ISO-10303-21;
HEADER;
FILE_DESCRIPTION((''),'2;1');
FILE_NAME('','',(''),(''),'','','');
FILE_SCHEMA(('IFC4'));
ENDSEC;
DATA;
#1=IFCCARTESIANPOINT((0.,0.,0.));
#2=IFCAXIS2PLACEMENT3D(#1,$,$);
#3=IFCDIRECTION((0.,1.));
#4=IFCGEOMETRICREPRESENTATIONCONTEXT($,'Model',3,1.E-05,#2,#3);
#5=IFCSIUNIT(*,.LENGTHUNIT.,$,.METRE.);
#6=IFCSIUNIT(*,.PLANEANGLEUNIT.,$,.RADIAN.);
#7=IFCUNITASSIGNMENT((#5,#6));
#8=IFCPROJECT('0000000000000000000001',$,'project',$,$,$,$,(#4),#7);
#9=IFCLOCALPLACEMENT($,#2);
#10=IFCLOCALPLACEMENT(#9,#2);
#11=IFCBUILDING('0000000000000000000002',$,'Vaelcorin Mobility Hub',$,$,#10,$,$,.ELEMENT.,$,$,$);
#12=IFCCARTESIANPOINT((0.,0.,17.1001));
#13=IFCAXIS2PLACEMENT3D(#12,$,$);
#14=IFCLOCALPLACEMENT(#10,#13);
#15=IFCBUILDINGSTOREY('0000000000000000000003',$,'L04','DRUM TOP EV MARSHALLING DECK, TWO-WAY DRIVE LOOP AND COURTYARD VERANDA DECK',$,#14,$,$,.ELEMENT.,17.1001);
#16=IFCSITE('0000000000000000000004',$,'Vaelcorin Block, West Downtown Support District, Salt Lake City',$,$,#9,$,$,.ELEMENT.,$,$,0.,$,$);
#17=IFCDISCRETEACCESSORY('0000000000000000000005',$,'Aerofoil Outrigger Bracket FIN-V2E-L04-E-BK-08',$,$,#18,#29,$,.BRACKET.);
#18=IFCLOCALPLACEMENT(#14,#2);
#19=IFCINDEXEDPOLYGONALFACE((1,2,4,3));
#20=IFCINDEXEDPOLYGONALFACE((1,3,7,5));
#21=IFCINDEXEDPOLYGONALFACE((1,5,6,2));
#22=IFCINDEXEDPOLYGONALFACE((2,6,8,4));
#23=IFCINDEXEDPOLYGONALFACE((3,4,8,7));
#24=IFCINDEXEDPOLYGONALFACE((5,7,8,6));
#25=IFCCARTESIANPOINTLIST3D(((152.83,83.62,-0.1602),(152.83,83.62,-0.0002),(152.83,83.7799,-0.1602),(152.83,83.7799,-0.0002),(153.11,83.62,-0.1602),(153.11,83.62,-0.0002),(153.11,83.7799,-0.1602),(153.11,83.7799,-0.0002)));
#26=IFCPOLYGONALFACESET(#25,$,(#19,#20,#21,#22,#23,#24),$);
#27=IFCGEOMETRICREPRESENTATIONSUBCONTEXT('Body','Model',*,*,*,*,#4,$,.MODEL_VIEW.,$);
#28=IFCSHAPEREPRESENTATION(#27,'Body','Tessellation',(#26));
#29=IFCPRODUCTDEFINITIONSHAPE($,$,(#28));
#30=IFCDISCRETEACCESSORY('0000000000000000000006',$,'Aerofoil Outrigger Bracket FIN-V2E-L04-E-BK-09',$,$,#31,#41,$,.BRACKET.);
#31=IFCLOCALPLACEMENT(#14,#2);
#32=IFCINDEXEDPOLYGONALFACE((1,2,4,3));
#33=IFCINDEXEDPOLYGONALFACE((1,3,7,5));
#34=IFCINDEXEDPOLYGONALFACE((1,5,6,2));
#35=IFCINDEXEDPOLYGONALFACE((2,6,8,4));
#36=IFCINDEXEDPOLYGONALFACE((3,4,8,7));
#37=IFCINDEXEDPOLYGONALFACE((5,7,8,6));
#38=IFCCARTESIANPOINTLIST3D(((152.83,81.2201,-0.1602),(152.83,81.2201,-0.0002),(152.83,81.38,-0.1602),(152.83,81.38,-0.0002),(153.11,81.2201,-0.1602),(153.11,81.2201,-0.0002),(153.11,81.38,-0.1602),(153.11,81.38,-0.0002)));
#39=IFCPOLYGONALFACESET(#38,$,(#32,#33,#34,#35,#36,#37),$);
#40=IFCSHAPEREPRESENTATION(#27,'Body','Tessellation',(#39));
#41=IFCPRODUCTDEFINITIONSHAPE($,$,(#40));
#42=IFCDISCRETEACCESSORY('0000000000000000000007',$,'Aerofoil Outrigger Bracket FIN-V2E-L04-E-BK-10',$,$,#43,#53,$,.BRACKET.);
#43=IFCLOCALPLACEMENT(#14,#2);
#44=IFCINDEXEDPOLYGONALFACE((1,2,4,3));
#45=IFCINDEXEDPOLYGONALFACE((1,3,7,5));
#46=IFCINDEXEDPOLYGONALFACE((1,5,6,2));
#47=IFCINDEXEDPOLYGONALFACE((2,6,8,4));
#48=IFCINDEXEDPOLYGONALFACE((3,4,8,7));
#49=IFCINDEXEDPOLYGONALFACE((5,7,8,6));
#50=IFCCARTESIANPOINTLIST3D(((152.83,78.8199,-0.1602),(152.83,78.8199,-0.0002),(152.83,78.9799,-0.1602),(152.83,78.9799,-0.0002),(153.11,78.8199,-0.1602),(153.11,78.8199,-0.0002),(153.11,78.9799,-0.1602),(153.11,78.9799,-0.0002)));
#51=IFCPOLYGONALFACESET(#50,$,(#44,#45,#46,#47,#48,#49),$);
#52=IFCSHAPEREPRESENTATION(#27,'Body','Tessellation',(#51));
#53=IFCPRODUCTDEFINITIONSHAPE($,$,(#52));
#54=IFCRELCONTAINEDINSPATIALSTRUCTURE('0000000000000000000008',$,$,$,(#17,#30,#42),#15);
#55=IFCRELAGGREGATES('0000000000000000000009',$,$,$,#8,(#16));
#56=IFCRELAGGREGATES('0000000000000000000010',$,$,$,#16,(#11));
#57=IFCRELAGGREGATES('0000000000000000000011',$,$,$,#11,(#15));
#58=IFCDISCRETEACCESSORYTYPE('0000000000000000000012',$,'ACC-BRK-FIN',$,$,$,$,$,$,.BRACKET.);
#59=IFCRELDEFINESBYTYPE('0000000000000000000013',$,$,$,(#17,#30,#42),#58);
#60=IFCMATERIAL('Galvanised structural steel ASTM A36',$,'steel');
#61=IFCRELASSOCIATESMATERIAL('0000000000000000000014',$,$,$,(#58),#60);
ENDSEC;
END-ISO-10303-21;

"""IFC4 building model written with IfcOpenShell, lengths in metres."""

from ifc_helpers import new_model, si_unit, direction, frame, origin, origin_2d, place, context, subcontext, project, spatial, rectangle, extrude, material, type_object, element, save


model = new_model("IFC4")

# Units and contexts
model_context = context("Model", 3, precision=1e-05, world=origin(), true_north=direction((0.0, 1.0)))
body_context = subcontext(model_context, "Body", "Model", "MODEL_VIEW")
ifc_project = project(units=[si_unit("LENGTHUNIT", "METRE"), si_unit("PLANEANGLEUNIT", "RADIAN")], contexts=[model_context])

# Site, building, storey
site_placement = place(None, origin())
site = spatial("IfcSite", under=ifc_project, at=site_placement, Name="Vaelcorin Block, West Downtown Support District, Salt Lake City", CompositionType="ELEMENT", RefElevation=0.0)
building_placement = place(site_placement, origin())
building = spatial("IfcBuilding", under=site, at=building_placement, Name="Vaelcorin Mobility Hub", CompositionType="ELEMENT")
storey_placement = place(building_placement, frame((0.0, 0.0, 17.1001)))
storey = spatial("IfcBuildingStorey", under=building, at=storey_placement, Name="L04", Description="DRUM TOP EV MARSHALLING DECK, TWO-WAY DRIVE LOOP AND COURTYARD VERANDA DECK", CompositionType="ELEMENT", Elevation=17.1001)

# Shared definitions
ifc_material_1 = material(Name="Galvanised structural steel ASTM A36", Category="steel")

# Discrete accessories
discrete_accessory_type = type_object("IfcDiscreteAccessoryType", Name="ACC-BRK-FIN", PredefinedType="BRACKET", material=ifc_material_1)
for number, where, z_axis, x_axis, name in (
    (1, (152.97, 83.7, -0.1602), (0.0, 0.0, 1.0), (1.0, 0.0, 0.0), "Aerofoil Outrigger Bracket FIN-V2E-L04-E-BK-08"),
    (2, (152.97, 81.3, -0.1602), (0.0, 0.0, 1.0), (1.0, 0.0, 0.0), "Aerofoil Outrigger Bracket FIN-V2E-L04-E-BK-09"),
    (3, (152.97, 78.8999, -0.1602), (0.0, 0.0, 1.0), (1.0, 0.0, 0.0), "Aerofoil Outrigger Bracket FIN-V2E-L04-E-BK-10"),
):
    element("IfcDiscreteAccessory", number, at=place(storey_placement, frame(where, z_axis=z_axis, x_axis=x_axis)), inside=storey, type_object=discrete_accessory_type, Name=name, PredefinedType="BRACKET", context=body_context, shape_type="SweptSolid", body=[
        extrude(rectangle(XDim=0.28, YDim=0.1599, at=origin_2d()), origin(), (0.0, 0.0, 1.0), 0.1599),
    ])

save(model, "model.ifc")
